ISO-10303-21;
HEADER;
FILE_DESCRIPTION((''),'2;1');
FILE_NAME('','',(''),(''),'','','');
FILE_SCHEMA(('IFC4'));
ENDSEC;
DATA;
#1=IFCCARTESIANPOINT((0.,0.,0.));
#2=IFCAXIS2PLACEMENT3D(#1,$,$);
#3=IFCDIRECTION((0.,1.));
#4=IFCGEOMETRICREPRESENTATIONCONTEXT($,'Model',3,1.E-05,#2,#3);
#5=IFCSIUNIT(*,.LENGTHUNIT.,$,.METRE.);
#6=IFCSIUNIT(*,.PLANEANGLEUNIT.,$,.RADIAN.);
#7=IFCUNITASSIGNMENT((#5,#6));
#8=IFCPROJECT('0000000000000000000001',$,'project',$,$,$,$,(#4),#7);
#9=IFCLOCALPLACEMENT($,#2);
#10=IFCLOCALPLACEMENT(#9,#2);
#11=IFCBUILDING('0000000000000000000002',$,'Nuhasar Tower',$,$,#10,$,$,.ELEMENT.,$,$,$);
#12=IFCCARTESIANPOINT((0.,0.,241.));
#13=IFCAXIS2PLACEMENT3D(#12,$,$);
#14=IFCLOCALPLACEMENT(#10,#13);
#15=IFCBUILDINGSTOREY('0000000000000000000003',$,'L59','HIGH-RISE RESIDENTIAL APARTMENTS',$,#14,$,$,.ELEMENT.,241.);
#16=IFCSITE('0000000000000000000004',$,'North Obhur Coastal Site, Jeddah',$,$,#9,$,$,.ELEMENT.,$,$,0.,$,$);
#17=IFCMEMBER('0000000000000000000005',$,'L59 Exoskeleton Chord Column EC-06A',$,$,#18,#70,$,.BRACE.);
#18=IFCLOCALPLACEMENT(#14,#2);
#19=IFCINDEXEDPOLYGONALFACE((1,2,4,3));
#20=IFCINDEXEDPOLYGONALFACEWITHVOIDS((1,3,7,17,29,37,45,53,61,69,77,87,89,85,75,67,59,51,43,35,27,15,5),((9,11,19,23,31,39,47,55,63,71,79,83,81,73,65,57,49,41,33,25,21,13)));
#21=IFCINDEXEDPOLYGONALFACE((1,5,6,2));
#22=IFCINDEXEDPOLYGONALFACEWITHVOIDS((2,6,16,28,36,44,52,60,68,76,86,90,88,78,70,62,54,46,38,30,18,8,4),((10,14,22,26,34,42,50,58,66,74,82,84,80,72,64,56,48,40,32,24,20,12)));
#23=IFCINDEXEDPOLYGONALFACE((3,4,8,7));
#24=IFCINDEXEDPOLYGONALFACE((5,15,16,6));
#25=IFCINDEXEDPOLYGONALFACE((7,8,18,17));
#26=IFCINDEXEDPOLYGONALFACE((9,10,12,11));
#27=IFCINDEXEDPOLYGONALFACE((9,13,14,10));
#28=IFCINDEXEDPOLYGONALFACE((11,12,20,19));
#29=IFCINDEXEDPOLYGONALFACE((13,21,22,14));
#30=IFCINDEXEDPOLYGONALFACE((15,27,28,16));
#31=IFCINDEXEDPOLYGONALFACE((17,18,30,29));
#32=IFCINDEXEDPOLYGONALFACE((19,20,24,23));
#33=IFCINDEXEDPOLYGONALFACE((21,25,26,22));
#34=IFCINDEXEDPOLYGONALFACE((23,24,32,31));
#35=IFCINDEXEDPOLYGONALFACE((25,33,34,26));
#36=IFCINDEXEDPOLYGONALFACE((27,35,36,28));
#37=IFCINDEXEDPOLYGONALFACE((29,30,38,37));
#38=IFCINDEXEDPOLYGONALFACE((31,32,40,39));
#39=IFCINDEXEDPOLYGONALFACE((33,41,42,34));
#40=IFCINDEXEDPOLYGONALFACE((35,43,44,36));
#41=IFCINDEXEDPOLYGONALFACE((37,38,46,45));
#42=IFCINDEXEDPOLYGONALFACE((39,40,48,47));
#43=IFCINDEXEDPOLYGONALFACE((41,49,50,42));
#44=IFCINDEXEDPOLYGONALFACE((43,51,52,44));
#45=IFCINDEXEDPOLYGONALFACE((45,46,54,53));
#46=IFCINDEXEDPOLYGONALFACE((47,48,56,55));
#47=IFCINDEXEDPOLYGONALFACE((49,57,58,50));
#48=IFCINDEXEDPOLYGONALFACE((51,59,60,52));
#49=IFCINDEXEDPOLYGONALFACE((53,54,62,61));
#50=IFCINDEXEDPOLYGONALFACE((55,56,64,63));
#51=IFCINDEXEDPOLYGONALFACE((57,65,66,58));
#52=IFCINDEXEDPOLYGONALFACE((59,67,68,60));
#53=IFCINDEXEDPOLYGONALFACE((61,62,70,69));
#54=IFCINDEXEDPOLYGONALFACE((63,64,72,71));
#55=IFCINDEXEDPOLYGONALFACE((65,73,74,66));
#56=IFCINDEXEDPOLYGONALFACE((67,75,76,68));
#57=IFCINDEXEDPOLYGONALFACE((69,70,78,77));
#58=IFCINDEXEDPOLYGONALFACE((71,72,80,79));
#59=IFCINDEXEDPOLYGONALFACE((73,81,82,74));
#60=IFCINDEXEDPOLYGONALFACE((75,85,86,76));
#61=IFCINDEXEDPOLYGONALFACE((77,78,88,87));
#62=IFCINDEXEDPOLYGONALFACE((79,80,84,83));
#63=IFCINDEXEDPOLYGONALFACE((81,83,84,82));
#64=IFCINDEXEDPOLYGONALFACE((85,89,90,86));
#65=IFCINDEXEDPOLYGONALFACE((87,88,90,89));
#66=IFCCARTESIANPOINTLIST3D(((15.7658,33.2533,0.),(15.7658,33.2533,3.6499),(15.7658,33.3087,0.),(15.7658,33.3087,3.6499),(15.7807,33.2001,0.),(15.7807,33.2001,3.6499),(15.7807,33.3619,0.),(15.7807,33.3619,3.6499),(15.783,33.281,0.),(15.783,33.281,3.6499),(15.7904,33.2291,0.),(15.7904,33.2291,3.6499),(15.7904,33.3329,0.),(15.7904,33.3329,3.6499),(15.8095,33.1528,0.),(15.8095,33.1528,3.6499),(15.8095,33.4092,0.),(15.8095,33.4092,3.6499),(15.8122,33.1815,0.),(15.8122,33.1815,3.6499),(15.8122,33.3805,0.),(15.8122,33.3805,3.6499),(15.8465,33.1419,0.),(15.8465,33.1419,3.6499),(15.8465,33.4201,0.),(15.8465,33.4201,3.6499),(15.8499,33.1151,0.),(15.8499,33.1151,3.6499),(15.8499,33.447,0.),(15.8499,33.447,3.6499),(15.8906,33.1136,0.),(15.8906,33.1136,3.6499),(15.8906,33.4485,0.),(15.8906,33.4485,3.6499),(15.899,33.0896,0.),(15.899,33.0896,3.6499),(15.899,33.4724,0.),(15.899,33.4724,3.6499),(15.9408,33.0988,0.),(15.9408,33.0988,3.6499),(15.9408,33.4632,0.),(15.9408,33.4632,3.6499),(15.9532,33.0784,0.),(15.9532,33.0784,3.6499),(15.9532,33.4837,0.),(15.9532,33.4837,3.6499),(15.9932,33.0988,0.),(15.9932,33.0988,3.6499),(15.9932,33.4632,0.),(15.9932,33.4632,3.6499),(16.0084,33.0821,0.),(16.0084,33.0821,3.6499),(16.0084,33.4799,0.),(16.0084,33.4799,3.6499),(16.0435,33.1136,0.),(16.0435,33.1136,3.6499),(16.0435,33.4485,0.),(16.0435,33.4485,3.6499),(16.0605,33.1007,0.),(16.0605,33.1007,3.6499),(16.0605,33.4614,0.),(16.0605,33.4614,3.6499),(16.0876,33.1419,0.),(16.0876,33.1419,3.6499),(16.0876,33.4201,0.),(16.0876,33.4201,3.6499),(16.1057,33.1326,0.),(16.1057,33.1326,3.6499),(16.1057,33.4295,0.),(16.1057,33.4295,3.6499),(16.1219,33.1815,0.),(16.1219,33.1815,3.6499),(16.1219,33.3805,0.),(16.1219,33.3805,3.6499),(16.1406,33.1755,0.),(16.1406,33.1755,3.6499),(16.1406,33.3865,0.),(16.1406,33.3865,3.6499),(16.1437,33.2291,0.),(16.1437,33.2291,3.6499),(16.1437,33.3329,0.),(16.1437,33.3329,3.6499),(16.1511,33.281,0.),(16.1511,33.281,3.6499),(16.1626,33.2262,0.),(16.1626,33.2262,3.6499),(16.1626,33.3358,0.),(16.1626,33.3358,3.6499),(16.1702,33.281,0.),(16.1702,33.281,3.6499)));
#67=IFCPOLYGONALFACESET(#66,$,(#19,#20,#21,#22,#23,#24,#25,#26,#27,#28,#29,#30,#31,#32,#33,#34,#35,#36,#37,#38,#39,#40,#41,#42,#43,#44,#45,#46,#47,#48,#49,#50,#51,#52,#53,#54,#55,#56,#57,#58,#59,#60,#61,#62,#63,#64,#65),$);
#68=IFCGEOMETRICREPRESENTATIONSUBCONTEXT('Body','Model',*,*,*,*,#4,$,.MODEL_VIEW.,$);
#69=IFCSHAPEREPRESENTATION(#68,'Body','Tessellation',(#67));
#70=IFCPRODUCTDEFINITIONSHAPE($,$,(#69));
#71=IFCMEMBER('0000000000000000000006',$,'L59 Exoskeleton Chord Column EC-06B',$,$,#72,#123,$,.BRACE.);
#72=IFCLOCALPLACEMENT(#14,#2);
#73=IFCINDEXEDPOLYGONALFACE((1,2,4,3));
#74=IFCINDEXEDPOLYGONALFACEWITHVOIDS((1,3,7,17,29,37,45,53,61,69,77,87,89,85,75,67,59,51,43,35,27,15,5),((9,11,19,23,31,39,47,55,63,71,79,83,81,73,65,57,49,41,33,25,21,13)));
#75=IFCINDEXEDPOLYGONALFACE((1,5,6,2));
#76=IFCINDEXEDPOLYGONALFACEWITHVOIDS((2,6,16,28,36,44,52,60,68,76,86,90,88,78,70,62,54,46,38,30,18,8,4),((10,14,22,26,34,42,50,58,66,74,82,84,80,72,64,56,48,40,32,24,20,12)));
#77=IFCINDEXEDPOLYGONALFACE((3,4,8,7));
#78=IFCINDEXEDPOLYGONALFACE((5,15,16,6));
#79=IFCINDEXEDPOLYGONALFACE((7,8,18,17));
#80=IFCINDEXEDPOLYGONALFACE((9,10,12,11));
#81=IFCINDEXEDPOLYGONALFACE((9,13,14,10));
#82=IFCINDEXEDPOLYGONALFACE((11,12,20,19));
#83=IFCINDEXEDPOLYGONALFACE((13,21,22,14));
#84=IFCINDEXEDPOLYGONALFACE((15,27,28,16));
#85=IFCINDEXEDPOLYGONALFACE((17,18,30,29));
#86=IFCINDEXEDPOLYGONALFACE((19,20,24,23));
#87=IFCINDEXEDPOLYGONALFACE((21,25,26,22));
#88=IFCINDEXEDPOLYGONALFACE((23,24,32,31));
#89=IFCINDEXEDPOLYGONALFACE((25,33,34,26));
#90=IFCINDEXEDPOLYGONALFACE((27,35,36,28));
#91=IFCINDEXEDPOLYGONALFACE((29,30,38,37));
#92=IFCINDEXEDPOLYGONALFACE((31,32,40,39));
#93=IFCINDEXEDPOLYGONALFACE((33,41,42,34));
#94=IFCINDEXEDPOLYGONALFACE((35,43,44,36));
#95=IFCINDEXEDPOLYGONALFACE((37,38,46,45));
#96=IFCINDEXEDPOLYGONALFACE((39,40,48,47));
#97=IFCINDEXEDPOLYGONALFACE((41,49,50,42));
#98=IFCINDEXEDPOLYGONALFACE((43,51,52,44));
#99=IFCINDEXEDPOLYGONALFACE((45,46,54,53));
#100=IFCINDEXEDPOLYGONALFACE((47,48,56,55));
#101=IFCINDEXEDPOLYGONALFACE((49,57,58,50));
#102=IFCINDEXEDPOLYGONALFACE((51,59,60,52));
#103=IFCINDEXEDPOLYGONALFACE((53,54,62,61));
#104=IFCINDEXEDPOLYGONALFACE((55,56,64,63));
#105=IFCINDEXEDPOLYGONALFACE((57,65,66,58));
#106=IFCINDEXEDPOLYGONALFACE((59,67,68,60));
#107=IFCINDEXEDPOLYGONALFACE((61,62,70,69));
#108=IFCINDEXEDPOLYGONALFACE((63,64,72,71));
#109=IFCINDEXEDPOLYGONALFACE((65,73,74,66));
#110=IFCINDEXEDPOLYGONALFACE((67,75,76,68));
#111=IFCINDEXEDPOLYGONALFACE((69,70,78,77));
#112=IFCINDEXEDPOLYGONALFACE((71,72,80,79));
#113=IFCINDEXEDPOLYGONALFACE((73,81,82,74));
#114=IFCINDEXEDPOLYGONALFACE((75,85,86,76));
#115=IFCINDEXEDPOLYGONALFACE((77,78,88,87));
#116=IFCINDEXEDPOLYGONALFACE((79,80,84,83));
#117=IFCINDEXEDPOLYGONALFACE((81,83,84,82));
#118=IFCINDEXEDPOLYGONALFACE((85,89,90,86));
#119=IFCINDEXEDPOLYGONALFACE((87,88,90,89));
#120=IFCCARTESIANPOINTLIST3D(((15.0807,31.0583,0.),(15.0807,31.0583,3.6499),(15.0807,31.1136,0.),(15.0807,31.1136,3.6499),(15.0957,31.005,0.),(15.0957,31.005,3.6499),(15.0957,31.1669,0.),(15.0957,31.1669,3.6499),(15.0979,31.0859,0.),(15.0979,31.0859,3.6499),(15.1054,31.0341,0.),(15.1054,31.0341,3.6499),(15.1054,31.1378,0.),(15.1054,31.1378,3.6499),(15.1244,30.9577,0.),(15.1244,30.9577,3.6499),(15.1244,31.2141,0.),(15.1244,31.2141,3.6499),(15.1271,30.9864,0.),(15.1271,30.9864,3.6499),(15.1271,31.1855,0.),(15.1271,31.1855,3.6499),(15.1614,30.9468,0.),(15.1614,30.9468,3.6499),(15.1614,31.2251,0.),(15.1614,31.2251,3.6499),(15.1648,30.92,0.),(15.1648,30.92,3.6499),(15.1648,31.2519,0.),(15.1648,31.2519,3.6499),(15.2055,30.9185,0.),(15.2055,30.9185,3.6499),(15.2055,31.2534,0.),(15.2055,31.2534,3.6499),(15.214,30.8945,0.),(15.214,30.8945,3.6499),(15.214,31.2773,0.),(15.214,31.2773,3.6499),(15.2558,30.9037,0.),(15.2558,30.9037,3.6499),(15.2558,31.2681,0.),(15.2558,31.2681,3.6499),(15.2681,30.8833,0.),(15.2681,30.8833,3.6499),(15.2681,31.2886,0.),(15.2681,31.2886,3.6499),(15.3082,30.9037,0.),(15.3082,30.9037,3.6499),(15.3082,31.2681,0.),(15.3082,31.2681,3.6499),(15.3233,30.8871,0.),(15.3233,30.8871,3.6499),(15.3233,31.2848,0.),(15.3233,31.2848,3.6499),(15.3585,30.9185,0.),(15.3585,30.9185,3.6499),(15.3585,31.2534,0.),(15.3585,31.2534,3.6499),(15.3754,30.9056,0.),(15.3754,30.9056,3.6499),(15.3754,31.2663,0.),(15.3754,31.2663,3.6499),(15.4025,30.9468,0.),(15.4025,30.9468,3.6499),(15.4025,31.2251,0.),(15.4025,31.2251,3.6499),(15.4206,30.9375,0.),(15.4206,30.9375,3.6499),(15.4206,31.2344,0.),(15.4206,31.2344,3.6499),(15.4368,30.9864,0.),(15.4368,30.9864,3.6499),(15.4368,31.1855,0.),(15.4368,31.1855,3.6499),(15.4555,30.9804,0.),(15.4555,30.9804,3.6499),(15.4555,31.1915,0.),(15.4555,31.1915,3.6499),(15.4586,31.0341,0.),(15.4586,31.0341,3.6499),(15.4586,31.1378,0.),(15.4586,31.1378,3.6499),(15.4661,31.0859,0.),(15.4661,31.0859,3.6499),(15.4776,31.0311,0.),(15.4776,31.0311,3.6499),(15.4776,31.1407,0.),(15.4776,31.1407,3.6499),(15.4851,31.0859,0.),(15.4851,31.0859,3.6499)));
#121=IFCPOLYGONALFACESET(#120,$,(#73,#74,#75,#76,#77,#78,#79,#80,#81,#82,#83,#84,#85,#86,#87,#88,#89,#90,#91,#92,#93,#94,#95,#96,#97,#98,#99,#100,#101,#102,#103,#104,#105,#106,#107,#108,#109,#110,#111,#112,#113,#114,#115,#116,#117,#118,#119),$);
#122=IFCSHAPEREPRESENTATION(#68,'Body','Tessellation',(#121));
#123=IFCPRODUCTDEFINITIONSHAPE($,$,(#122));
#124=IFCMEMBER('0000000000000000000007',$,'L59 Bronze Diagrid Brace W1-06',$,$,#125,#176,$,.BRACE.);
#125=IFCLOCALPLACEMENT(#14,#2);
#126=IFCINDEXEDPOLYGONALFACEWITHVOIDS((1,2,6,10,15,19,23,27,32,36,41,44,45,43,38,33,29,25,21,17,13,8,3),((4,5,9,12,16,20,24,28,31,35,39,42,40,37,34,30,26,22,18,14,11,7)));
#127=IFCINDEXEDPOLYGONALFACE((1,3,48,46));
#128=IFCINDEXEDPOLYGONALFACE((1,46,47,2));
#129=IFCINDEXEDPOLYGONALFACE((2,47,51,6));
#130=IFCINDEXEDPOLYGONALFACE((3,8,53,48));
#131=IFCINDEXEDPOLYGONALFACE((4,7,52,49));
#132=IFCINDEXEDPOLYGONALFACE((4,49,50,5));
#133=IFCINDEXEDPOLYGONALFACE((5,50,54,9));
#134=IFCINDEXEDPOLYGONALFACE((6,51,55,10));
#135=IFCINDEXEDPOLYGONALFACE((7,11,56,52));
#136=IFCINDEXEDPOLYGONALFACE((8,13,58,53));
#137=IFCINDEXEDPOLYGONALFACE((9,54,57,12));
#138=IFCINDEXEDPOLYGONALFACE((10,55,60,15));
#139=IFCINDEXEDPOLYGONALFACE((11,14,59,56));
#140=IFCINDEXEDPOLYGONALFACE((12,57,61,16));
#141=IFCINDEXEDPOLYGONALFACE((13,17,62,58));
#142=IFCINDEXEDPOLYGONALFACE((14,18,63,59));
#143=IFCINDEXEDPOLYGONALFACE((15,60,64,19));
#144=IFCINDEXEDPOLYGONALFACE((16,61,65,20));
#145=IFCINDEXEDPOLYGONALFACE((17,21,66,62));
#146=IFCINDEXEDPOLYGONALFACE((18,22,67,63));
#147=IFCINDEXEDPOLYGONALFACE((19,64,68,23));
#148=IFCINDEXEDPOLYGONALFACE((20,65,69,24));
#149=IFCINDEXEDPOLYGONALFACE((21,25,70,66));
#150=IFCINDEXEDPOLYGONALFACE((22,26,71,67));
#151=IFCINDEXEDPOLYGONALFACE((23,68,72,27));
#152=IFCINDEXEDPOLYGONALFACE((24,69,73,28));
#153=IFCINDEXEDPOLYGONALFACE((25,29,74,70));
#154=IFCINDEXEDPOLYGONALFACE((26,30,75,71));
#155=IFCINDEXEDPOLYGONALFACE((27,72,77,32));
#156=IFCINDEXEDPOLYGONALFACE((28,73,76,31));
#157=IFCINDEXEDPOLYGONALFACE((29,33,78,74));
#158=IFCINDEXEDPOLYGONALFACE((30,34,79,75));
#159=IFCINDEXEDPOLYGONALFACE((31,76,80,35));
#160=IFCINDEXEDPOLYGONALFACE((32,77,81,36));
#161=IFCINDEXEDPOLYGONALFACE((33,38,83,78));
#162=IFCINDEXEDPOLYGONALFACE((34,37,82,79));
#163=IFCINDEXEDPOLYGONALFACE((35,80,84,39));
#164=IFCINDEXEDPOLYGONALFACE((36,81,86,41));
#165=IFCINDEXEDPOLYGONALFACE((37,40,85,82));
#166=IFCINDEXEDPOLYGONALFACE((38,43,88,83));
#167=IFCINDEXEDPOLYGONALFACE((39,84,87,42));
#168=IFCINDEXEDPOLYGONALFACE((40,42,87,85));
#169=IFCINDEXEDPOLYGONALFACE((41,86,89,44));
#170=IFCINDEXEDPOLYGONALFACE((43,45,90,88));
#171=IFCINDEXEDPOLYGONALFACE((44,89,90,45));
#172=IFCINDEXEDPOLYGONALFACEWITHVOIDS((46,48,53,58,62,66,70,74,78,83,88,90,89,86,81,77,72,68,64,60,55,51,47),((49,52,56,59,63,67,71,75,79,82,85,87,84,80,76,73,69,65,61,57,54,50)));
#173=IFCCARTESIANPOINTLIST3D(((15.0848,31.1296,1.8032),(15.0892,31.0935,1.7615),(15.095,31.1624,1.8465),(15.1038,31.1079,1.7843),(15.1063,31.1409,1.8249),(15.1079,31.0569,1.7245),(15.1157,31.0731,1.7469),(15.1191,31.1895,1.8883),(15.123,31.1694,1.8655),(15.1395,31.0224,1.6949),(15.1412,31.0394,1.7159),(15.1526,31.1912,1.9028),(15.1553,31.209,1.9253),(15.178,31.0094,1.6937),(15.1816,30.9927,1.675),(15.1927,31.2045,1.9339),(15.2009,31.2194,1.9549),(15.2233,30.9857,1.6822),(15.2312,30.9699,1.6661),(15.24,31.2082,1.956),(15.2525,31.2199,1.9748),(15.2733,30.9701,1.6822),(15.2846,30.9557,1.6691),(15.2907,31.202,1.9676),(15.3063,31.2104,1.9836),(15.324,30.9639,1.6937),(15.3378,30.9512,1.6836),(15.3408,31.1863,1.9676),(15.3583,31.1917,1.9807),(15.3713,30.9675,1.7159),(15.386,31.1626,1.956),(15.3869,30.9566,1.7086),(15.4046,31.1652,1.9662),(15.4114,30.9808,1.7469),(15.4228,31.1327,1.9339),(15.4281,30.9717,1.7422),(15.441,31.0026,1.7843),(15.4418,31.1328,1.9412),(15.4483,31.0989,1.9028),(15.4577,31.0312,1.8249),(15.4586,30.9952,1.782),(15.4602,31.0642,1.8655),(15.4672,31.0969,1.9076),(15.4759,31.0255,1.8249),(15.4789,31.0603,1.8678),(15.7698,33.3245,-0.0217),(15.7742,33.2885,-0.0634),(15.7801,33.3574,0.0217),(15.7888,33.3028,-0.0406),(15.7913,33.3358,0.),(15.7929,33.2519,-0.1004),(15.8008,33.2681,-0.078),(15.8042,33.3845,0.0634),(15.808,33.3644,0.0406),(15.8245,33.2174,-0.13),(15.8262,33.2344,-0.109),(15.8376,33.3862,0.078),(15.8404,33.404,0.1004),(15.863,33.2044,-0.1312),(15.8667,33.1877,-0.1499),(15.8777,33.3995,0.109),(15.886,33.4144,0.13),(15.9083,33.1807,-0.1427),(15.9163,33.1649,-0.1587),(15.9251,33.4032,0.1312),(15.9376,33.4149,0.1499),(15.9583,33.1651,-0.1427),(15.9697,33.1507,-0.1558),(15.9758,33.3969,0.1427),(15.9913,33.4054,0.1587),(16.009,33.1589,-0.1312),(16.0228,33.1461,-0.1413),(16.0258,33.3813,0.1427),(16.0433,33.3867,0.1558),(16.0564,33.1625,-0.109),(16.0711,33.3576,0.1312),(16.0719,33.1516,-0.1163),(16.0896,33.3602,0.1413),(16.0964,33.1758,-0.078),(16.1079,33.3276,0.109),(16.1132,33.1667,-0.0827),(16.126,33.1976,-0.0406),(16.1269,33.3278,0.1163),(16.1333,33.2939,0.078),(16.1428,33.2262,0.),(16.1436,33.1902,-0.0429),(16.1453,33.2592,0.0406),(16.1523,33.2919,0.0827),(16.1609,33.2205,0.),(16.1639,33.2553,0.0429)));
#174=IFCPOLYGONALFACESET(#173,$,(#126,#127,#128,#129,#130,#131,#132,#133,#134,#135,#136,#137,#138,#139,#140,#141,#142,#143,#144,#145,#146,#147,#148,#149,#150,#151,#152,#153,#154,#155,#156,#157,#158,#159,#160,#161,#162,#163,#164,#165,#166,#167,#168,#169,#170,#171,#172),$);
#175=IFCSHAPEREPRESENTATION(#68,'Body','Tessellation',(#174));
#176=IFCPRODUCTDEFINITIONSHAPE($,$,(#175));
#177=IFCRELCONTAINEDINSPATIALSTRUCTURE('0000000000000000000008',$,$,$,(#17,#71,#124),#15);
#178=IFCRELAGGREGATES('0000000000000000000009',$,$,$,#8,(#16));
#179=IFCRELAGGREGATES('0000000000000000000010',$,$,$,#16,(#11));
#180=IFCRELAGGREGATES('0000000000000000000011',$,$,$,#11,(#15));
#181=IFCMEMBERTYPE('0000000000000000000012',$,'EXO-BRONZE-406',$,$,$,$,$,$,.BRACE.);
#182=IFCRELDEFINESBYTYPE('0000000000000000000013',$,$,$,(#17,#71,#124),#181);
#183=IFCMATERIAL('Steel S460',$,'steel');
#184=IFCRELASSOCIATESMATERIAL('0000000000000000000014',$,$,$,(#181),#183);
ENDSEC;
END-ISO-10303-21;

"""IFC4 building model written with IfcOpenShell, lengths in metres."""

from ifc_helpers import new_model, si_unit, direction, frame, origin, origin_2d, place, context, subcontext, project, spatial, hollow_circle, extrude, material, material_profile, profile_set, type_object, element, save


model = new_model("IFC4")

# Units and contexts
model_context = context("Model", 3, precision=1e-05, world=origin(), true_north=direction((0.0, 1.0)))
body_context = subcontext(model_context, "Body", "Model", "MODEL_VIEW")
ifc_project = project(units=[si_unit("LENGTHUNIT", "METRE"), si_unit("PLANEANGLEUNIT", "RADIAN")], contexts=[model_context])

# Site, building, storey
site_placement = place(None, origin())
site = spatial("IfcSite", under=ifc_project, at=site_placement, Name="North Obhur Coastal Site, Jeddah", CompositionType="ELEMENT", RefElevation=0.0)
building_placement = place(site_placement, origin())
building = spatial("IfcBuilding", under=site, at=building_placement, Name="Nuhasar Tower", CompositionType="ELEMENT")
storey_placement = place(building_placement, frame((0.0, 0.0, 241.0)))
storey = spatial("IfcBuildingStorey", under=building, at=storey_placement, Name="L59", Description="HIGH-RISE RESIDENTIAL APARTMENTS", CompositionType="ELEMENT", Elevation=241.0)

# Members
ifc_material_1 = material(Name="Steel S460", Category="steel")
ifc_material_profile_1 = material_profile(ifc_material_1, hollow_circle(Radius=0.2031, WallThickness=0.019, at=origin_2d()), Name="HSS406.4X19.1")
ifc_profile_set_1 = profile_set([ifc_material_profile_1], Name="Steel S460")
member_type_1 = type_object("IfcMemberType", Name="EXO-BRONZE-406", PredefinedType="BRACE", material=ifc_profile_set_1)
for number, where, z_axis, x_axis, name in (
    (1, (15.967, 33.281, 0.0), (0.0, 0.0, 1.0), (1.0, 0.0, 0.0), "L59 Exoskeleton Chord Column EC-06A"),
    (2, (15.282, 31.0859, 0.0), (0.0, 0.0, 1.0), (1.0, 0.0, 0.0), "L59 Exoskeleton Chord Column EC-06B"),
):
    element("IfcMember", number, at=place(storey_placement, frame(where, z_axis=z_axis, x_axis=x_axis)), inside=storey, type_object=member_type_1, Name=name, PredefinedType="BRACE", context=body_context, shape_type="SweptSolid", body=[
        extrude(hollow_circle(Radius=0.2031, WallThickness=0.019, at=origin_2d()), origin(), (0.0, 0.0, 1.0), 3.6499),
    ])
for number, where, z_axis, x_axis, name in (
    (3, (15.967, 33.281, 0.0), (-0.233358, -0.747727, 0.62165), (0.954591, -0.297918, 0.0), "L59 Bronze Diagrid Brace W1-06"),
):
    element("IfcMember", number, at=place(storey_placement, frame(where, z_axis=z_axis, x_axis=x_axis)), inside=storey, type_object=member_type_1, Name=name, PredefinedType="BRACE", context=body_context, shape_type="SweptSolid", body=[
        extrude(hollow_circle(Radius=0.2031, WallThickness=0.019, at=origin_2d()), origin(), (0.0, 0.0, 1.0), 2.9355),
    ])

save(model, "model.ifc")
